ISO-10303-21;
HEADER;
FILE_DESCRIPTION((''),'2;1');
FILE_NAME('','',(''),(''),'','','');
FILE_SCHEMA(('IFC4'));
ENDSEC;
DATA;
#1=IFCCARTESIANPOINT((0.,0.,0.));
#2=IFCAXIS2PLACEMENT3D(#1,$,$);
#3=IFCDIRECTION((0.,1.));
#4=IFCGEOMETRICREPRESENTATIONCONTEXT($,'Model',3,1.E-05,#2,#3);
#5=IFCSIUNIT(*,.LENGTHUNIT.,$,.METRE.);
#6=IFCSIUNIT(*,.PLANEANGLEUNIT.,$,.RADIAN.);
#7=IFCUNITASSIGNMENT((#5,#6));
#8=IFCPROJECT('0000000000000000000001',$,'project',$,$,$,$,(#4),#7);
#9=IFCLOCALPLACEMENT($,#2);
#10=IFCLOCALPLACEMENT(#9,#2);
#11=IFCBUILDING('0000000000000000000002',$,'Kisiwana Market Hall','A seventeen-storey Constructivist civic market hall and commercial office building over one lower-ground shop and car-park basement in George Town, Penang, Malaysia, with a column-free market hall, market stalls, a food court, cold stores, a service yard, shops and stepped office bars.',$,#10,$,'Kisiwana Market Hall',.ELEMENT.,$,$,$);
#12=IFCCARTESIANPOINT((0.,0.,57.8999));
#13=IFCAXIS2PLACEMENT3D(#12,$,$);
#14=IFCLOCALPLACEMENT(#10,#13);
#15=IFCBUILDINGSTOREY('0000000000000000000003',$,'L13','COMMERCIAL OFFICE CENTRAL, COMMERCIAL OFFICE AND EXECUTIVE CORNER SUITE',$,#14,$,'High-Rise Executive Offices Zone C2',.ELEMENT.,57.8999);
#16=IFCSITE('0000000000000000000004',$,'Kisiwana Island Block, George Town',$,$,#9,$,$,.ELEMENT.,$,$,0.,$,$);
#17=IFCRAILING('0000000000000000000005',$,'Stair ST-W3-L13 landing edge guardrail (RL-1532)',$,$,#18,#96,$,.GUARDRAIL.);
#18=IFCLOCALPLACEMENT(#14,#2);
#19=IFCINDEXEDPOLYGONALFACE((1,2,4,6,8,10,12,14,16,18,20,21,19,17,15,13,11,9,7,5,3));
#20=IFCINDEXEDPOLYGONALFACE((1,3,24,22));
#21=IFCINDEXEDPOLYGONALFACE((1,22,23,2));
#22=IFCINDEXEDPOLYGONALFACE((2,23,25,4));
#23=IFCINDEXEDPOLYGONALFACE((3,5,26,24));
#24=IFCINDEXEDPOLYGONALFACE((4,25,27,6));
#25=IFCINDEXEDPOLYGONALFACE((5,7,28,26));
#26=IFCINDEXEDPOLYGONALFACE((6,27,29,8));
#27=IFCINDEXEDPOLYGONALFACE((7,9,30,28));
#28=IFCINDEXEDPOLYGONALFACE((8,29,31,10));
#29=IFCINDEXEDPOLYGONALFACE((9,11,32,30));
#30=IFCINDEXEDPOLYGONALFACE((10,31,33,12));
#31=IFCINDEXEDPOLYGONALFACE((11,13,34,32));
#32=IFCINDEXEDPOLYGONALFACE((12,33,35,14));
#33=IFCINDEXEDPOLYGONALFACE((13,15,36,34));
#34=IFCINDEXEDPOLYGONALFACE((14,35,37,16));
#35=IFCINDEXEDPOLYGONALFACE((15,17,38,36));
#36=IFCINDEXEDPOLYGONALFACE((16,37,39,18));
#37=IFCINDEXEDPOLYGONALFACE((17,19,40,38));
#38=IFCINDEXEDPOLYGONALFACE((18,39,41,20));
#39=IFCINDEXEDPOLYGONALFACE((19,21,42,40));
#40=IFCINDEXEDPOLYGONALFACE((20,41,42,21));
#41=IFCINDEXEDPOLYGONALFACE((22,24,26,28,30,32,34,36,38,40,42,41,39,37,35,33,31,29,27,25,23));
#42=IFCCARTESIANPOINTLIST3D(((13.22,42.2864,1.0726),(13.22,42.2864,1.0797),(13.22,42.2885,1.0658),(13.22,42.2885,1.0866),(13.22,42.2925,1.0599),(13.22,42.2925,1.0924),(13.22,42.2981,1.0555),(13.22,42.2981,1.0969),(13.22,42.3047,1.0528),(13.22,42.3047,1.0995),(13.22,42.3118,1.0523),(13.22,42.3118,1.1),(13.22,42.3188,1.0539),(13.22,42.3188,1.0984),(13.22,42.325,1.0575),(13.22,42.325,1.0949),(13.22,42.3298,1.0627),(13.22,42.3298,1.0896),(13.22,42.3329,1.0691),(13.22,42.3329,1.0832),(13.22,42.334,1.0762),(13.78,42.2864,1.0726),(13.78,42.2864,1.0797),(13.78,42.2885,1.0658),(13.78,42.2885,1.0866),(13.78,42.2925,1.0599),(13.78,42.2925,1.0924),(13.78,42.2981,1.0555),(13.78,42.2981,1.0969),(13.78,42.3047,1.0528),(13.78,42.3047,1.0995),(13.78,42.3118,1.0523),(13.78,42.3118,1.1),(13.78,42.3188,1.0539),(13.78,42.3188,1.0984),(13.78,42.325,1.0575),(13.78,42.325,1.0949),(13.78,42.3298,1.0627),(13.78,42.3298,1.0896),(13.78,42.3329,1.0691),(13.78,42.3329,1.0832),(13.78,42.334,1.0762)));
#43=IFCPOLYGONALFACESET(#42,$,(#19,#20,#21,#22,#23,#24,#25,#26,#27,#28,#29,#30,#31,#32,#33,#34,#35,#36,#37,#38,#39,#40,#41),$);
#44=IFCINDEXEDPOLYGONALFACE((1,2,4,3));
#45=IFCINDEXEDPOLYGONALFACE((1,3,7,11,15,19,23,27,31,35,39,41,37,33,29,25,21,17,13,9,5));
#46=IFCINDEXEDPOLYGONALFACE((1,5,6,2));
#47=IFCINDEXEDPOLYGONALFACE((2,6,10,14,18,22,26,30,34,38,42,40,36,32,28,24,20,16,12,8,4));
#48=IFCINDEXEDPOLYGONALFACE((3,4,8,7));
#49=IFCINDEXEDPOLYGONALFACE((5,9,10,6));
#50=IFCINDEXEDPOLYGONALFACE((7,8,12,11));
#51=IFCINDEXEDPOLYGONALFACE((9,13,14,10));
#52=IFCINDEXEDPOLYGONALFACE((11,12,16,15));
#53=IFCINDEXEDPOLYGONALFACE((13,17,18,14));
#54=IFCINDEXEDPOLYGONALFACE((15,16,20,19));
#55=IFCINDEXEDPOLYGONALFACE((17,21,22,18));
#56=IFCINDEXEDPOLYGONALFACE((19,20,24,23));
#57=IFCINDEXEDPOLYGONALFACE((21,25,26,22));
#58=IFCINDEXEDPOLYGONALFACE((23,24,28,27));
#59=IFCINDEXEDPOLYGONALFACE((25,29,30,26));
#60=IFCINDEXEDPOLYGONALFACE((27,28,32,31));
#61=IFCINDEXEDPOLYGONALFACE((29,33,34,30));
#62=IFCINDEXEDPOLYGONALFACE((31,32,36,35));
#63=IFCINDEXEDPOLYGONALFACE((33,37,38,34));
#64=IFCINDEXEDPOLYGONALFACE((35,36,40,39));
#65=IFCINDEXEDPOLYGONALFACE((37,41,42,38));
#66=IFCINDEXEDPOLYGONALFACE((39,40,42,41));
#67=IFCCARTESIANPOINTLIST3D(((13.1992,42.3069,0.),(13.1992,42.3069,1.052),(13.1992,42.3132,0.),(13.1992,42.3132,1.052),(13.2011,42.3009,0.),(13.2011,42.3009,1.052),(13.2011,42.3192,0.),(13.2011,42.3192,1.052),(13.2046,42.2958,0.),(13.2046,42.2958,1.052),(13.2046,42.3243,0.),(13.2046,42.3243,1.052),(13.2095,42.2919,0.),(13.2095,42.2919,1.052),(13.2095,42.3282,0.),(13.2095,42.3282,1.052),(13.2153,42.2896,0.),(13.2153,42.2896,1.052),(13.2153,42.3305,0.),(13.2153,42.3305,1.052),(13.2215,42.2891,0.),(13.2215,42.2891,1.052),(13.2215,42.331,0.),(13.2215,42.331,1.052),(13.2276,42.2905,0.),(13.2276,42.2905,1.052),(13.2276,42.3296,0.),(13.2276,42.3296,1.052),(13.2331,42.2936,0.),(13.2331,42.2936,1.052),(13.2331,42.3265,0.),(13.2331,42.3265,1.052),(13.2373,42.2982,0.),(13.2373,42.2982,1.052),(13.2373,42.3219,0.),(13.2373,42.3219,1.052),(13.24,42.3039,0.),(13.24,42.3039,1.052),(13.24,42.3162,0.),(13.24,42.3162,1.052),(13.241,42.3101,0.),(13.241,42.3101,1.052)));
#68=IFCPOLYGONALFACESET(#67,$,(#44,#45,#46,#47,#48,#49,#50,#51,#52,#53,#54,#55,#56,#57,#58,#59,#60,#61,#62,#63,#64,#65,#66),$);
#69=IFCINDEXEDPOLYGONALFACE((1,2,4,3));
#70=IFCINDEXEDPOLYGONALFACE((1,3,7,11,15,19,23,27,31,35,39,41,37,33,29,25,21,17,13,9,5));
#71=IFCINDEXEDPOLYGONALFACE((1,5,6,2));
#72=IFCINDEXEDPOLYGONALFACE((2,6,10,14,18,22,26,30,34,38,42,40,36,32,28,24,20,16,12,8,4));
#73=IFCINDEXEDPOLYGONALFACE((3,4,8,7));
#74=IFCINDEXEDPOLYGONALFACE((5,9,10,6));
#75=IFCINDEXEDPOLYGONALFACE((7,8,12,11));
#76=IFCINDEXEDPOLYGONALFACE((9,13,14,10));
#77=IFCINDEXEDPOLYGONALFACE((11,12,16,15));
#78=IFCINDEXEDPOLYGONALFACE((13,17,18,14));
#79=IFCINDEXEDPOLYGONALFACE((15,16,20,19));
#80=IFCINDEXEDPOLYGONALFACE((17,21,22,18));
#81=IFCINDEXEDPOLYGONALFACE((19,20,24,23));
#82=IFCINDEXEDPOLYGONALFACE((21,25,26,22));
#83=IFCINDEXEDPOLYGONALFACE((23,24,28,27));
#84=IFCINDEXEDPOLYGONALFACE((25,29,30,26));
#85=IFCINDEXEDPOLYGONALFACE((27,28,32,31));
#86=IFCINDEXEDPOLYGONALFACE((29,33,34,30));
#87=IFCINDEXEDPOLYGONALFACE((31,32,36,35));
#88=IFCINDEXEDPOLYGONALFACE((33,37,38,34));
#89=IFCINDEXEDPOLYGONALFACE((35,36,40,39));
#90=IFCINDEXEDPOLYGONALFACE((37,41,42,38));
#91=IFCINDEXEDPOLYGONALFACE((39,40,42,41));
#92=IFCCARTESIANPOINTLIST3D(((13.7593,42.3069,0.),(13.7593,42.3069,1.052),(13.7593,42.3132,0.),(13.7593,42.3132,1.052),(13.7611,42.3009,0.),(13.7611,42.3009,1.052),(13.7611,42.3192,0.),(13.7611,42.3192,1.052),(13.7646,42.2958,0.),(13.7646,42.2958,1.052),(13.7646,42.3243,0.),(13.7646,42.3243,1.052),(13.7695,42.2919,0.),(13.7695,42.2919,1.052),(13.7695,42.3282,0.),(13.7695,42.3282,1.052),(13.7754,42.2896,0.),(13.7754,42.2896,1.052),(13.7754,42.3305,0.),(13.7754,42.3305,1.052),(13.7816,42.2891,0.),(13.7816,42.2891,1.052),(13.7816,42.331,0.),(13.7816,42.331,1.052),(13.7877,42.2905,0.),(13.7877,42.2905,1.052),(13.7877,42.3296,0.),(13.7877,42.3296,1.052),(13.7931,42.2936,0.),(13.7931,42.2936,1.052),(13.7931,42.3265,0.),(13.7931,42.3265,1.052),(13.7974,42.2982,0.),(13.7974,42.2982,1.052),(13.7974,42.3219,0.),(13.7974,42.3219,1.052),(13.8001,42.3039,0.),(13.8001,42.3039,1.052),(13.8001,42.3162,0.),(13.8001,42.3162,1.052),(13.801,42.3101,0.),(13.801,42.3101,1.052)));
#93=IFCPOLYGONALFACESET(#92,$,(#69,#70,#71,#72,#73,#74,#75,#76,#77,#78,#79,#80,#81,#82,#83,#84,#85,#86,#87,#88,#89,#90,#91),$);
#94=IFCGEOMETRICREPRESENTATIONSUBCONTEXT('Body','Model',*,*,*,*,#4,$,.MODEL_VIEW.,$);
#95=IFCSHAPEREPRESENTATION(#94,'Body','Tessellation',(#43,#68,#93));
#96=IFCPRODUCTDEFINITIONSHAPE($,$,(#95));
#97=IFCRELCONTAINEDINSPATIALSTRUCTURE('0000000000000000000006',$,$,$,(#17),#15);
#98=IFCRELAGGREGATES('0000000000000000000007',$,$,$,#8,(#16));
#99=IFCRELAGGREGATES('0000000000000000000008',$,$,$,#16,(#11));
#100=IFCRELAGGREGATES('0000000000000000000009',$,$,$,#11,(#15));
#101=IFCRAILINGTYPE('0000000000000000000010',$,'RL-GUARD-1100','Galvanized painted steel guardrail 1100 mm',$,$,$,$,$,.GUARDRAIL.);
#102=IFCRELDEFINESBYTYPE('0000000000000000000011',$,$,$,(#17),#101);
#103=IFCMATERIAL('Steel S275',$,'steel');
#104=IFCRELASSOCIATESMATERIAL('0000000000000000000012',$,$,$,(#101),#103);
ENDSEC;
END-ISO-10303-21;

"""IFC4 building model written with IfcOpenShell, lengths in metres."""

from ifc_helpers import new_model, si_unit, direction, frame, origin, origin_2d, place, context, subcontext, project, spatial, circle, extrude, material, type_object, element, save


model = new_model("IFC4")

# Units and contexts
model_context = context("Model", 3, precision=1e-05, world=origin(), true_north=direction((0.0, 1.0)))
body_context = subcontext(model_context, "Body", "Model", "MODEL_VIEW")
ifc_project = project(units=[si_unit("LENGTHUNIT", "METRE"), si_unit("PLANEANGLEUNIT", "RADIAN")], contexts=[model_context])

# Site, building, storey
site_placement = place(None, origin())
site = spatial("IfcSite", under=ifc_project, at=site_placement, Name="Kisiwana Island Block, George Town", CompositionType="ELEMENT", RefElevation=0.0)
building_placement = place(site_placement, origin())
building = spatial("IfcBuilding", under=site, at=building_placement, Name="Kisiwana Market Hall", Description="A seventeen-storey Constructivist civic market hall and commercial office building over one lower-ground shop and car-park basement in George Town, Penang, Malaysia, with a column-free market hall, market stalls, a food court, cold stores, a service yard, shops and stepped office bars.", LongName="Kisiwana Market Hall", CompositionType="ELEMENT")
storey_placement = place(building_placement, frame((0.0, 0.0, 57.8999)))
storey = spatial("IfcBuildingStorey", under=building, at=storey_placement, Name="L13", Description="COMMERCIAL OFFICE CENTRAL, COMMERCIAL OFFICE AND EXECUTIVE CORNER SUITE", LongName="High-Rise Executive Offices Zone C2", CompositionType="ELEMENT", Elevation=57.8999)

# Railing
ifc_material_1 = material(Name="Steel S275", Category="steel")
railing_type_1 = type_object("IfcRailingType", Name="RL-GUARD-1100", Description="Galvanized painted steel guardrail 1100 mm", PredefinedType="GUARDRAIL", material=ifc_material_1)
railing_1_placement = place(storey_placement, frame((13.22, 42.3101, 0.0)))
element("IfcRailing", 1, at=railing_1_placement, inside=storey, type_object=railing_type_1, Name="Stair ST-W3-L13 landing edge guardrail (RL-1532)", PredefinedType="GUARDRAIL", context=body_context, shape_type="SweptSolid", body=[
    extrude(circle(Radius=0.0239, at=origin_2d()), frame((0.0, 0.0, 1.0762), z_axis=(1.0, 0.0, 0.0), x_axis=(0.0, 1.0, 0.0)), (0.0, 0.0, 1.0), 0.5601),
    extrude(circle(Radius=0.021, at=origin_2d()), origin(), (0.0, 0.0, 1.0), 1.052),
    extrude(circle(Radius=0.021, at=origin_2d()), frame((0.5601, 0.0, 0.0)), (0.0, 0.0, 1.0), 1.052),
])

save(model, "model.ifc")
